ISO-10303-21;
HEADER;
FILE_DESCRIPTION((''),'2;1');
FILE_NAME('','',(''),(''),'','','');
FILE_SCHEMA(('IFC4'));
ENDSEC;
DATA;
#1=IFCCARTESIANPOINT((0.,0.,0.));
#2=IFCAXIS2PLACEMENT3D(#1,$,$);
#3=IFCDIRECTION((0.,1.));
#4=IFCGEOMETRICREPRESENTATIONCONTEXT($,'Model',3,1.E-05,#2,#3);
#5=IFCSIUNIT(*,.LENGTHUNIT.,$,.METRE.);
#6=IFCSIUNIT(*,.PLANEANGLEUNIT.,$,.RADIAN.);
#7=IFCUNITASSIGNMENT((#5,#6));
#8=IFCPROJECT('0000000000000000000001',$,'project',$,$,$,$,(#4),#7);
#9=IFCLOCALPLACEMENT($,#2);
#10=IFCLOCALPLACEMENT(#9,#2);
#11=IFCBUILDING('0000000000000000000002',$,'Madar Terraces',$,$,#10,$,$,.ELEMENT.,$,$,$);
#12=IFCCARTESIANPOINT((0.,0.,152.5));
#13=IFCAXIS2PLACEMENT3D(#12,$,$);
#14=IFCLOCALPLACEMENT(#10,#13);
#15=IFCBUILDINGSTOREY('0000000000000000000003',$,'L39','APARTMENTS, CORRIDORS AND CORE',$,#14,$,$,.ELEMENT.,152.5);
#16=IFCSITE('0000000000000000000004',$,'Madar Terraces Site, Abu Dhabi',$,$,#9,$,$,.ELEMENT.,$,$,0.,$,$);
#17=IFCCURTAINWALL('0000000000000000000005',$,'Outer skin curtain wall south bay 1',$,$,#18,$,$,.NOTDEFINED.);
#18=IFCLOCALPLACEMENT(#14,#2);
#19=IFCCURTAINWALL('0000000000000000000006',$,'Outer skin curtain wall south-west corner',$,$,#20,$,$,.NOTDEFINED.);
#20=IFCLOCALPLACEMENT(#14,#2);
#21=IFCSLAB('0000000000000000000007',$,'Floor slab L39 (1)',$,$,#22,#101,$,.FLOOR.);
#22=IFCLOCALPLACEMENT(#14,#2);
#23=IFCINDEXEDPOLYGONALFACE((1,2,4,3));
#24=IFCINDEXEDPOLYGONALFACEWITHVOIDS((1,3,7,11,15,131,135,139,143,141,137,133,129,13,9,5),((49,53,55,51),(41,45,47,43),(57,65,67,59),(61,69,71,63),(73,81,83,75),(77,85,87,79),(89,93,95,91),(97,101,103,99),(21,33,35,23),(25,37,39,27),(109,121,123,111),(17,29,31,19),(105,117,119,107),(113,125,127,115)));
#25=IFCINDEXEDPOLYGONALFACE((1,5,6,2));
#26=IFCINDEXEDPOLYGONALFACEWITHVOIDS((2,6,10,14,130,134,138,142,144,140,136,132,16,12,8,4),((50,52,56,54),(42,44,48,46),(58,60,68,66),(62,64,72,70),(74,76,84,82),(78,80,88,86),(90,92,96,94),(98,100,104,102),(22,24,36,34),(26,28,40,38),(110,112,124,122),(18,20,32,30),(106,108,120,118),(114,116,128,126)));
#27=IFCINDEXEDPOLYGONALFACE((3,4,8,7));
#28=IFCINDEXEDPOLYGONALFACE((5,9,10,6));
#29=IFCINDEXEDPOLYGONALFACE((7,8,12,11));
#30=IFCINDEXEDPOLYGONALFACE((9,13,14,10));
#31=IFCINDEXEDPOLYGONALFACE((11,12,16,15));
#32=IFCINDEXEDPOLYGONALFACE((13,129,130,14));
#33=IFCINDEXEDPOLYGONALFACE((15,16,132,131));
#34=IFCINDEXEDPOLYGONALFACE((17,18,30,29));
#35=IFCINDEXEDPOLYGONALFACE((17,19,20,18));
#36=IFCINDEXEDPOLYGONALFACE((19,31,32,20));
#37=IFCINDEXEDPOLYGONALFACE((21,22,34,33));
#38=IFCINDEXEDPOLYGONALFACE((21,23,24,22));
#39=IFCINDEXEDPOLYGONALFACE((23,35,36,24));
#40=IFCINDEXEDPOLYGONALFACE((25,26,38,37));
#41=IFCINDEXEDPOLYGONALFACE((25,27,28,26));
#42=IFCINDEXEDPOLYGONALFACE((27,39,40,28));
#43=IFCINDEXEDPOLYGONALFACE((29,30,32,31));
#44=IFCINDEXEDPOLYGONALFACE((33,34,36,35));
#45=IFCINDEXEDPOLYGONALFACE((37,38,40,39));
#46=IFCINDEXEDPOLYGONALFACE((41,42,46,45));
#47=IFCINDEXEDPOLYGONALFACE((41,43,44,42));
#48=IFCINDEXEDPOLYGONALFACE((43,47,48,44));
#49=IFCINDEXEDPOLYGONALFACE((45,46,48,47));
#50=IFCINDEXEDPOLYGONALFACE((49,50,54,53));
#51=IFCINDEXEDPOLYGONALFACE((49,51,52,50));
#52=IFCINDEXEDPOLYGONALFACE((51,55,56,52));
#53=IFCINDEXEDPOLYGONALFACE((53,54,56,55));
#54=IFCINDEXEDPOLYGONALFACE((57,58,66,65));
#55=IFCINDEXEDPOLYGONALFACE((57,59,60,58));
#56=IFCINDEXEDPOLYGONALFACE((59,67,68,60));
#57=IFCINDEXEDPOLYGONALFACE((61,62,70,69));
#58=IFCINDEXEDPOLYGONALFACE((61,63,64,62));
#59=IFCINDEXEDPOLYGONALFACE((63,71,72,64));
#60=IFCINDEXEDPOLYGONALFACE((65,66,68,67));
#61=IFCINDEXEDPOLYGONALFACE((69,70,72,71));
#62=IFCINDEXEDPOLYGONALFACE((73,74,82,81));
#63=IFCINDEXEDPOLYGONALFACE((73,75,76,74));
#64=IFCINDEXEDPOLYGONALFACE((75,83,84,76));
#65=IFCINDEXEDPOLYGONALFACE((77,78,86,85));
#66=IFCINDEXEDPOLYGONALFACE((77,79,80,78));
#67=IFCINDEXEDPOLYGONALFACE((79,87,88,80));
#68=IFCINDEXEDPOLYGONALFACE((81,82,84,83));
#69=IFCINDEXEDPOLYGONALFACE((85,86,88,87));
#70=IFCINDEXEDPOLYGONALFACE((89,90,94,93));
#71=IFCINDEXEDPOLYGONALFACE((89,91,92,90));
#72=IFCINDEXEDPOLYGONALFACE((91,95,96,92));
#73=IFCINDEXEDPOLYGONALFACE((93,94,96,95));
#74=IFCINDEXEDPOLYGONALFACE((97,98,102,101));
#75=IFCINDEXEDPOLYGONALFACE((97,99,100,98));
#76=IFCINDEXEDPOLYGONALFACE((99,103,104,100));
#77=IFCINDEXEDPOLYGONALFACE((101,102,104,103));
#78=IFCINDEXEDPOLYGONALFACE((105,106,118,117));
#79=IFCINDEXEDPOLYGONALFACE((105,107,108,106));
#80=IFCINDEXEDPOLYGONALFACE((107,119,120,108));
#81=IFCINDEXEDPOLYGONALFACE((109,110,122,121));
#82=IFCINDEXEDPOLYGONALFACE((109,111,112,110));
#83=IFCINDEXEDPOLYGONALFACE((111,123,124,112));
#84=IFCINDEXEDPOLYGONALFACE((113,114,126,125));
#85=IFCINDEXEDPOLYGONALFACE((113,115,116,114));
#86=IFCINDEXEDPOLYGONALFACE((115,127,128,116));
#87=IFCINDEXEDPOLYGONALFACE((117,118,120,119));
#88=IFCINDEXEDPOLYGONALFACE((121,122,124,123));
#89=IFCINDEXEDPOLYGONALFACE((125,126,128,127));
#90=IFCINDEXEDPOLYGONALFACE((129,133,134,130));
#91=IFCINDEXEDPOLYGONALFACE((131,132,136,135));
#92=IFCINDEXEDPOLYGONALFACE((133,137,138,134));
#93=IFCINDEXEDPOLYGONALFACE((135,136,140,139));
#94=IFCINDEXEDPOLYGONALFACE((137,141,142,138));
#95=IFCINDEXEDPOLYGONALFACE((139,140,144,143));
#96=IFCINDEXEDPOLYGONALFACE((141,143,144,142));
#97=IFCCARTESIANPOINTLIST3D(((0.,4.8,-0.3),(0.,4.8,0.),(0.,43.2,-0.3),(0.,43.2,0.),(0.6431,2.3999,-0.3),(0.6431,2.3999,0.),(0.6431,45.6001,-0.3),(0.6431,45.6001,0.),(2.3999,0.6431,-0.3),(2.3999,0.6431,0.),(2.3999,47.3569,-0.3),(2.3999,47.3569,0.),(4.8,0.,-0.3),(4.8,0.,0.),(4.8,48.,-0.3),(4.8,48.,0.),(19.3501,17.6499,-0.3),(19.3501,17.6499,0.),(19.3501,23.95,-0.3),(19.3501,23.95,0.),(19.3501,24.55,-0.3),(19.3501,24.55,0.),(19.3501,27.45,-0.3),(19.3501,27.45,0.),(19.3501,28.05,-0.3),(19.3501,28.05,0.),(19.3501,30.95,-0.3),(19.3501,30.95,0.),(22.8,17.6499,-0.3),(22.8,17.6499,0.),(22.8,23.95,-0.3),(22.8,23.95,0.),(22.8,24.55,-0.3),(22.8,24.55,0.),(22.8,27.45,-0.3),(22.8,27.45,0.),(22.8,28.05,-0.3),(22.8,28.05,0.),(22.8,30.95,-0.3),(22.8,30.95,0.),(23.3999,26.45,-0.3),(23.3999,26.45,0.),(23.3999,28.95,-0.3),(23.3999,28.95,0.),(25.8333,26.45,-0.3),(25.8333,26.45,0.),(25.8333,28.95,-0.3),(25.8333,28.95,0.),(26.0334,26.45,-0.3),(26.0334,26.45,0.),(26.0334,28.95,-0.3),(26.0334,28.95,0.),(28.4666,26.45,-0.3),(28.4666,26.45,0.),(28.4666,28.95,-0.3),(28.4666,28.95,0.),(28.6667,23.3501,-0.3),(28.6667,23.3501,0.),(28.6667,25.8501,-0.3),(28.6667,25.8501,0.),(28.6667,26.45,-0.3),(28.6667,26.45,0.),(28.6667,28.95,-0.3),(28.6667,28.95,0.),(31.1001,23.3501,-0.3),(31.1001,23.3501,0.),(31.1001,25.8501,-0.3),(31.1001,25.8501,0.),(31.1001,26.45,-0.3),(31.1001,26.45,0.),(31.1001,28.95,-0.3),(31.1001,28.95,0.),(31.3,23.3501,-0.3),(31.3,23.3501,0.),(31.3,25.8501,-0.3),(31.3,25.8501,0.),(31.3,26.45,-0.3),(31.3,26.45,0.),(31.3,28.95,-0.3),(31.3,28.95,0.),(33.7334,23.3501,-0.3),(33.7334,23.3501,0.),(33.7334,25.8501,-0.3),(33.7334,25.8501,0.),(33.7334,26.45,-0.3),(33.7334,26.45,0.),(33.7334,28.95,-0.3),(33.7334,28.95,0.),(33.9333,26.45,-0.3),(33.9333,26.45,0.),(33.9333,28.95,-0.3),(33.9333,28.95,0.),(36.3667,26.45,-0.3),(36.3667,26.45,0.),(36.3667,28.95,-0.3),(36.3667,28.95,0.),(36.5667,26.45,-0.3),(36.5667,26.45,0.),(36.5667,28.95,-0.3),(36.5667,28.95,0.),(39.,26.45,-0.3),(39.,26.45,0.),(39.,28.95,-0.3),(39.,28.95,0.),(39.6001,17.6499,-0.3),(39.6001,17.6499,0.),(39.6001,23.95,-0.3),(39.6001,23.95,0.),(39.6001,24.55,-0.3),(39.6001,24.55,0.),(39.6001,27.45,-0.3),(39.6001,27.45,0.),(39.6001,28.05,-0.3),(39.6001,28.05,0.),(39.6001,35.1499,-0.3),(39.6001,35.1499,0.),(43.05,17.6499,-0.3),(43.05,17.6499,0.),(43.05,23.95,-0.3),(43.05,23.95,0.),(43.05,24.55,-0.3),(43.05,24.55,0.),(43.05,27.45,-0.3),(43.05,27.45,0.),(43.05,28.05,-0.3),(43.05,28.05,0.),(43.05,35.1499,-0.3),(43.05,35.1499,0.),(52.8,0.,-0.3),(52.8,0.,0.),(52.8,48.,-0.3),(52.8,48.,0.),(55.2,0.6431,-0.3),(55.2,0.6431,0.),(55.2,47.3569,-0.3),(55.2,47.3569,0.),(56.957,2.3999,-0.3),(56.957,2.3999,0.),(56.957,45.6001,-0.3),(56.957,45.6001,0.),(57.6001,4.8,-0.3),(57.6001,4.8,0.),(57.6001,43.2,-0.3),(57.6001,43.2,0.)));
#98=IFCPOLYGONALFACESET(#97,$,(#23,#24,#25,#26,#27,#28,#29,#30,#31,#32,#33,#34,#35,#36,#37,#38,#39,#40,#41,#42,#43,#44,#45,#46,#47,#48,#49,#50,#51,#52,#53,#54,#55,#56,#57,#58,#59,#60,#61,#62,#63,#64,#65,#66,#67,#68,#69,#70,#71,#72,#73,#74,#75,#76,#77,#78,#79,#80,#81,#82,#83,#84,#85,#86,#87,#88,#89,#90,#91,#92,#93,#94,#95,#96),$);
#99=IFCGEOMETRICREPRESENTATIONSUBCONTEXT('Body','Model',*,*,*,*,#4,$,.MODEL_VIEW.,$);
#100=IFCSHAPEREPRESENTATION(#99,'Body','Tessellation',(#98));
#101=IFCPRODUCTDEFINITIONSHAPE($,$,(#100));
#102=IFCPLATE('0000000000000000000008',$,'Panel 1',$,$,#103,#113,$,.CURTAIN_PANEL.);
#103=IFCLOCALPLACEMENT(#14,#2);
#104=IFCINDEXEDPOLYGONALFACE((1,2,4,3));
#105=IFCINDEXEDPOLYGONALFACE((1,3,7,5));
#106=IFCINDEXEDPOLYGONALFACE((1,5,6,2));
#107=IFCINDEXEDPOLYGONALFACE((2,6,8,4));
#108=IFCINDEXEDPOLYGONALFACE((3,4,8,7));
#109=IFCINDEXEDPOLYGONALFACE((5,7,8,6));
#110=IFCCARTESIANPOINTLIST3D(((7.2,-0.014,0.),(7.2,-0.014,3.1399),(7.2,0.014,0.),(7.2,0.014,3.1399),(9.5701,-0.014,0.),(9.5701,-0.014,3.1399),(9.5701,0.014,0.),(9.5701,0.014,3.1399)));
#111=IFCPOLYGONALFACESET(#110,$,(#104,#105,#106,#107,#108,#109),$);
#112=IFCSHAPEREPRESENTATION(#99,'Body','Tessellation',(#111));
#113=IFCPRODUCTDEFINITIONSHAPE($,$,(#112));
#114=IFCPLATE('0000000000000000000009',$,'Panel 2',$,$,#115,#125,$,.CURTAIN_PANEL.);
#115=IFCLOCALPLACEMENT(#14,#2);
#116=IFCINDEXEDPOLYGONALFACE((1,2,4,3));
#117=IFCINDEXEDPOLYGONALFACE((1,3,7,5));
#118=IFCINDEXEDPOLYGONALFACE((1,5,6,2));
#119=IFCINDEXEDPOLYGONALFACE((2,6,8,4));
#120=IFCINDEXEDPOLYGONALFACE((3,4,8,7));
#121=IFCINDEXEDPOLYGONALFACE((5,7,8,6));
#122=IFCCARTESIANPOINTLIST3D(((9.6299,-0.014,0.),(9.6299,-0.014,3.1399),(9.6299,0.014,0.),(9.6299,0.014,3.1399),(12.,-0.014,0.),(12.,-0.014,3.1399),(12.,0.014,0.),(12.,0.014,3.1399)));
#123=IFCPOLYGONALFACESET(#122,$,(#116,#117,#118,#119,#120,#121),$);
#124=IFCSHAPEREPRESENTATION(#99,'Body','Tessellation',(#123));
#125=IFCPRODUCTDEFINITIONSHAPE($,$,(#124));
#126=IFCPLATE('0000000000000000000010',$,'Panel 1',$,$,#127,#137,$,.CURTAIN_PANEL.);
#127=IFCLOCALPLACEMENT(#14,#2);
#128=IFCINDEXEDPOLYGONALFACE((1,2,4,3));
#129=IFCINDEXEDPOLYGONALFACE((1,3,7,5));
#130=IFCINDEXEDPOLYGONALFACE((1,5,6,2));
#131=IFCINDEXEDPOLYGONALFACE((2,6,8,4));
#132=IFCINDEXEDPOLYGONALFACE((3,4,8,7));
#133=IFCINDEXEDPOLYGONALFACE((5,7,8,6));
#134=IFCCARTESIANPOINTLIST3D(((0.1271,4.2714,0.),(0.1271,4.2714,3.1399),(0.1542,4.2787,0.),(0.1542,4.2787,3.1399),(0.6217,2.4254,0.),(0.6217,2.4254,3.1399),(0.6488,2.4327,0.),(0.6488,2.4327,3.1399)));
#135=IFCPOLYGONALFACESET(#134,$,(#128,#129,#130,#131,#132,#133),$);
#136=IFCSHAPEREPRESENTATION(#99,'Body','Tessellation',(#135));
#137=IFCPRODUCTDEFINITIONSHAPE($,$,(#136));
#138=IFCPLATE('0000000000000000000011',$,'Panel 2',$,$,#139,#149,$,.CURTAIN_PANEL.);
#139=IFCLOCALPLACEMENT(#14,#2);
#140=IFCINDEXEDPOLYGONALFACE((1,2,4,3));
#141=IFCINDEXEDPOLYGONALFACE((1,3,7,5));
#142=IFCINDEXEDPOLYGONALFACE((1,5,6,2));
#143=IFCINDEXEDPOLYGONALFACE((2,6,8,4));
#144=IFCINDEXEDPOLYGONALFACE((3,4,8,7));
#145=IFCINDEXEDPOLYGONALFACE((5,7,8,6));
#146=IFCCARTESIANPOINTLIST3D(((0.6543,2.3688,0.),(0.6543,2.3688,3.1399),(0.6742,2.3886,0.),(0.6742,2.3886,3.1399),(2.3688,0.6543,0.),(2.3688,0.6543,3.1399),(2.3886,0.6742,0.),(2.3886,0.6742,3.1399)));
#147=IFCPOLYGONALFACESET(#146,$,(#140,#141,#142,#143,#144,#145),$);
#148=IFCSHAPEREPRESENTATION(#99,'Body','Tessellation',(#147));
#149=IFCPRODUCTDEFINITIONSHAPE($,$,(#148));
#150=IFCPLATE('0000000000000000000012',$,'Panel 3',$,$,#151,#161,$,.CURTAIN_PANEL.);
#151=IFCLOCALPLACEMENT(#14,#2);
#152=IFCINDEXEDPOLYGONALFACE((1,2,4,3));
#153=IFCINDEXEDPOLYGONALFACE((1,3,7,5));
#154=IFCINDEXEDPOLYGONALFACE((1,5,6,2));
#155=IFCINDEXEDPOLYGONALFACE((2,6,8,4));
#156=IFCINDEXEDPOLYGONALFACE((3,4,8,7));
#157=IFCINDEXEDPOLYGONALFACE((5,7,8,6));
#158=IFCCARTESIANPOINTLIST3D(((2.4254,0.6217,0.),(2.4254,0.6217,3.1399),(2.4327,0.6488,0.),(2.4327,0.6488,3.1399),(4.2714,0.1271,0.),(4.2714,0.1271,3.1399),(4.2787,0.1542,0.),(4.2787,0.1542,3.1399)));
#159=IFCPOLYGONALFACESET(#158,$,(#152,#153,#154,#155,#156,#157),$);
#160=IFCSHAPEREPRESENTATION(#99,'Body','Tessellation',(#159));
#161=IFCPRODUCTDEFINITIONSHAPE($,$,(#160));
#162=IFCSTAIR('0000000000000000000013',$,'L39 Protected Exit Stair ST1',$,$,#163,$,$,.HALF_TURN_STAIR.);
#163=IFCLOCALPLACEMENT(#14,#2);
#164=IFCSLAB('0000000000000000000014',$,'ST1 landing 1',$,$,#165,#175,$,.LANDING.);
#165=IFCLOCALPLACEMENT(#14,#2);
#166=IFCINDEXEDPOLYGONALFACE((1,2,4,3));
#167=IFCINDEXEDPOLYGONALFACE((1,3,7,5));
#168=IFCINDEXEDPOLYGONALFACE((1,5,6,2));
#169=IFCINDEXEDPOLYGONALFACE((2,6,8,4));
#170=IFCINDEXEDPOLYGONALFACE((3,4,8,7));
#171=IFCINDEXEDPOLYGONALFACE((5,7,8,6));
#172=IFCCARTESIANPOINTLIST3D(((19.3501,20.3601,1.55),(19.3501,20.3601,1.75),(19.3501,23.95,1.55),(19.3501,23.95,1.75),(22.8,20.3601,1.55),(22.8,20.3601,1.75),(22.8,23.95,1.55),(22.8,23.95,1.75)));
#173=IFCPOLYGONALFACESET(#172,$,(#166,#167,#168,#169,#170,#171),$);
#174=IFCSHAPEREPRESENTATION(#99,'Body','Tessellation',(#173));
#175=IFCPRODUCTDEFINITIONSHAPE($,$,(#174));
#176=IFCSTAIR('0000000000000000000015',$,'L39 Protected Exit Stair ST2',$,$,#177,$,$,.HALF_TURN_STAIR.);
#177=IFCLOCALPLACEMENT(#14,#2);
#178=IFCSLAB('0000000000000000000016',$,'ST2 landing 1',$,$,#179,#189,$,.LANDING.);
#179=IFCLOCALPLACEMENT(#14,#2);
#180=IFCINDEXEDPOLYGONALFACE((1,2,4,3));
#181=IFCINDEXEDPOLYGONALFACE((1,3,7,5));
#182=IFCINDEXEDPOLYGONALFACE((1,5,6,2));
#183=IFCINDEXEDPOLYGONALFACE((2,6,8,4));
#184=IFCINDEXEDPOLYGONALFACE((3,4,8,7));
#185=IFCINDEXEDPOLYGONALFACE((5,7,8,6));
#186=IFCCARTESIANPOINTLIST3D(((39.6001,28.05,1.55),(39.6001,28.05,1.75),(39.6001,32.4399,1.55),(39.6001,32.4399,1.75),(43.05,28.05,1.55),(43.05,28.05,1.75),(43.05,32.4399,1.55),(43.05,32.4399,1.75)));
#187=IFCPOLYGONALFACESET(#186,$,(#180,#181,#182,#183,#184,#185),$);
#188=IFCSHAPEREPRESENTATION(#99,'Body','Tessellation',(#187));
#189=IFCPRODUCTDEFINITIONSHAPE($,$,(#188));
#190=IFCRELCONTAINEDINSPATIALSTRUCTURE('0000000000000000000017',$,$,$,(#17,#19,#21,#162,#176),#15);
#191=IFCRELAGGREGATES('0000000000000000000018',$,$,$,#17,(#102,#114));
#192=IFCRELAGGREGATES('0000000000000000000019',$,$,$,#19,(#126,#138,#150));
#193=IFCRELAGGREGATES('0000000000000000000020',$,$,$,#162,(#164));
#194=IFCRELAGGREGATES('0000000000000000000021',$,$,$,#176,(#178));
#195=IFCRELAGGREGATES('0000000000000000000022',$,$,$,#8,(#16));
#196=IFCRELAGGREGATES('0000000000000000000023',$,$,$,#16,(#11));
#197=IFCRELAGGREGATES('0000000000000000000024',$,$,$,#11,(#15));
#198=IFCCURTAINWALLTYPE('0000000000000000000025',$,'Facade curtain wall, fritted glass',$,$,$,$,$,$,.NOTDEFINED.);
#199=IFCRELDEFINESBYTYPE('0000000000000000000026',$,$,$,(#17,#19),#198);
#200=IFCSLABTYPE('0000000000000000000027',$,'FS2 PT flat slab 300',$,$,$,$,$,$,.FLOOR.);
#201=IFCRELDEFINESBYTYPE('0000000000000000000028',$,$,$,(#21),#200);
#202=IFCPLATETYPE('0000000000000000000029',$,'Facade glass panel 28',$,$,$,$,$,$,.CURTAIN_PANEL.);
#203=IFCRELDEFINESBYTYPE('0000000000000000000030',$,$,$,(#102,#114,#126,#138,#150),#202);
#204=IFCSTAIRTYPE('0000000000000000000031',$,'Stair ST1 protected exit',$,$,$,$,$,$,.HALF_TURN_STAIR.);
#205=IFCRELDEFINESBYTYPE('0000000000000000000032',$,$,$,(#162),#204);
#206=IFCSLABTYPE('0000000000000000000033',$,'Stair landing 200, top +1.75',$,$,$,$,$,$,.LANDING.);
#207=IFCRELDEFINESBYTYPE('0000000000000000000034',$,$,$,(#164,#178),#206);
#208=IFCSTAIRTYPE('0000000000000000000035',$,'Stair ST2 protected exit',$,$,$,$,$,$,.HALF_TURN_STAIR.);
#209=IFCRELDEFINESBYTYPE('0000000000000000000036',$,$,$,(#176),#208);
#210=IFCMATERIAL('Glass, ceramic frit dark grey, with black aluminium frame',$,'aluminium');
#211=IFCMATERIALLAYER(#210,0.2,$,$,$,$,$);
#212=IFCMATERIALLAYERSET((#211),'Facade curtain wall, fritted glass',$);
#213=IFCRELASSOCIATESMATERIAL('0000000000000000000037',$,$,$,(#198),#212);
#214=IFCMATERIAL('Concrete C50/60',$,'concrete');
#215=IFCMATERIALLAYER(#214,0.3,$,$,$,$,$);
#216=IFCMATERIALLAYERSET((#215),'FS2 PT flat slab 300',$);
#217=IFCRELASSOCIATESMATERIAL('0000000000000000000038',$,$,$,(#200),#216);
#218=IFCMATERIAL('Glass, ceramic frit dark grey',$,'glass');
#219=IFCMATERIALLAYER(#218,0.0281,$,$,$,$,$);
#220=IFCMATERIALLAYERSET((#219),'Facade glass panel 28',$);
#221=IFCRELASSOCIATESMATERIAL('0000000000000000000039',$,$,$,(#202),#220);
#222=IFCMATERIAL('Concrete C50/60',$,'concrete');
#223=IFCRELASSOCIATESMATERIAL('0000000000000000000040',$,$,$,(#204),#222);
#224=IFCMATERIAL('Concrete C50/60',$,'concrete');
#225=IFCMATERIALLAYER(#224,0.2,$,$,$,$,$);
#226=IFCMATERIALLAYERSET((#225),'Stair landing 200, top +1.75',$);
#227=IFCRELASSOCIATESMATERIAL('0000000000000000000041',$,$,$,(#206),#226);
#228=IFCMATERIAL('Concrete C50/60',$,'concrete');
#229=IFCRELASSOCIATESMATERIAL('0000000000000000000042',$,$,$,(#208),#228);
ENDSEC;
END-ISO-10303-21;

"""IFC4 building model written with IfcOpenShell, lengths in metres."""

from ifc_helpers import new_model, si_unit, direction, frame, origin, origin_2d, place, context, subcontext, project, spatial, polyline, rectangle, outline, extrude, material, layer, layer_set, type_object, element, aggregate, save


model = new_model("IFC4")

# Units and contexts
model_context = context("Model", 3, precision=1e-05, world=origin(), true_north=direction((0.0, 1.0)))
body_context = subcontext(model_context, "Body", "Model", "MODEL_VIEW")
ifc_project = project(units=[si_unit("LENGTHUNIT", "METRE"), si_unit("PLANEANGLEUNIT", "RADIAN")], contexts=[model_context])

# Site, building, storey
site_placement = place(None, origin())
site = spatial("IfcSite", under=ifc_project, at=site_placement, Name="Madar Terraces Site, Abu Dhabi", CompositionType="ELEMENT", RefElevation=0.0)
building_placement = place(site_placement, origin())
building = spatial("IfcBuilding", under=site, at=building_placement, Name="Madar Terraces", CompositionType="ELEMENT")
storey_placement = place(building_placement, frame((0.0, 0.0, 152.5)))
storey = spatial("IfcBuildingStorey", under=building, at=storey_placement, Name="L39", Description="APARTMENTS, CORRIDORS AND CORE", CompositionType="ELEMENT", Elevation=152.5)

# Curtain wall
ifc_material_1 = material(Name="Glass, ceramic frit dark grey, with black aluminium frame", Category="aluminium")
ifc_layer_1 = layer(ifc_material_1, 0.2)
ifc_layer_set_1 = layer_set([ifc_layer_1], Name="Facade curtain wall, fritted glass")
curtain_wall_type = type_object("IfcCurtainWallType", Name="Facade curtain wall, fritted glass", PredefinedType="NOTDEFINED", material=ifc_layer_set_1)
curtain_wall_1_placement = place(storey_placement, origin())
curtain_wall_1 = element("IfcCurtainWall", 1, at=curtain_wall_1_placement, inside=storey, type_object=curtain_wall_type, Name="Outer skin curtain wall south bay 1", PredefinedType="NOTDEFINED")

# Curtain wall
curtain_wall_2_placement = place(storey_placement, origin())
curtain_wall_2 = element("IfcCurtainWall", 2, at=curtain_wall_2_placement, inside=storey, type_object=curtain_wall_type, Name="Outer skin curtain wall south-west corner", PredefinedType="NOTDEFINED")

# Slab
ifc_material_2 = material(Name="Concrete C50/60", Category="concrete")
ifc_layer_2 = layer(ifc_material_2, 0.3)
ifc_layer_set_2 = layer_set([ifc_layer_2], Name="FS2 PT flat slab 300")
slab_type_1 = type_object("IfcSlabType", Name="FS2 PT flat slab 300", PredefinedType="FLOOR", material=ifc_layer_set_2)
slab_1_placement = place(storey_placement, frame((0.0, 0.0, -0.3)))
element("IfcSlab", 3, at=slab_1_placement, inside=storey, type_object=slab_type_1, Name="Floor slab L39 (1)", PredefinedType="FLOOR", context=body_context, shape_type="SweptSolid", body=[
    extrude(outline(polyline([(52.8, 0.0), (55.2, 0.6431), (56.957, 2.3999), (57.6001, 4.8), (57.6001, 43.2), (56.957, 45.6001), (55.2, 47.3569), (52.8, 48.0), (4.8, 48.0), (2.3999, 47.3569), (0.6431, 45.6001), (0.0, 43.2), (0.0, 4.8), (0.6431, 2.3999), (2.3999, 0.6431), (4.8, 0.0), (52.8, 0.0)]), holes=[polyline([(22.8, 17.6499), (19.3501, 17.6499), (19.3501, 23.95), (22.8, 23.95), (22.8, 17.6499)]), polyline([(28.6667, 23.3501), (28.6667, 25.8501), (31.1001, 25.8501), (31.1001, 23.3501), (28.6667, 23.3501)]), polyline([(19.3501, 24.55), (19.3501, 27.45), (22.8, 27.45), (22.8, 24.55), (19.3501, 24.55)]), polyline([(23.3999, 26.45), (23.3999, 28.95), (25.8333, 28.95), (25.8333, 26.45), (23.3999, 26.45)]), polyline([(26.0334, 26.45), (26.0334, 28.95), (28.4666, 28.95), (28.4666, 26.45), (26.0334, 26.45)]), polyline([(28.6667, 26.45), (28.6667, 28.95), (31.1001, 28.95), (31.1001, 26.45), (28.6667, 26.45)]), polyline([(19.3501, 28.05), (19.3501, 30.95), (22.8, 30.95), (22.8, 28.05), (19.3501, 28.05)]), polyline([(43.05, 17.6499), (39.6001, 17.6499), (39.6001, 23.95), (43.05, 23.95), (43.05, 17.6499)]), polyline([(31.3, 23.3501), (31.3, 25.8501), (33.7334, 25.8501), (33.7334, 23.3501), (31.3, 23.3501)]), polyline([(39.6001, 24.55), (39.6001, 27.45), (43.05, 27.45), (43.05, 24.55), (39.6001, 24.55)]), polyline([(31.3, 26.45), (31.3, 28.95), (33.7334, 28.95), (33.7334, 26.45), (31.3, 26.45)]), polyline([(33.9333, 26.45), (33.9333, 28.95), (36.3667, 28.95), (36.3667, 26.45), (33.9333, 26.45)]), polyline([(36.5667, 26.45), (36.5667, 28.95), (39.0, 28.95), (39.0, 26.45), (36.5667, 26.45)]), polyline([(39.6001, 28.05), (39.6001, 35.1499), (43.05, 35.1499), (43.05, 28.05), (39.6001, 28.05)])]), origin(), (0.0, 0.0, 1.0), 0.3),
])

# Plates
ifc_material_3 = material(Name="Glass, ceramic frit dark grey", Category="glass")
ifc_layer_3 = layer(ifc_material_3, 0.0281)
ifc_layer_set_3 = layer_set([ifc_layer_3], Name="Facade glass panel 28")
plate_type = type_object("IfcPlateType", Name="Facade glass panel 28", PredefinedType="CURTAIN_PANEL", material=ifc_layer_set_3)
plate_1_placement = place(storey_placement, frame((8.385, 0.0, 0.0), z_axis=(0.0, 0.0, 1.0), x_axis=(1.0, 0.0, 0.0)))
plate_1 = element("IfcPlate", 4, at=plate_1_placement, type_object=plate_type, Name="Panel 1", PredefinedType="CURTAIN_PANEL", context=body_context, shape_type="SweptSolid", body=[
    extrude(rectangle(XDim=2.3701, YDim=0.0281, at=origin_2d()), origin(), (0.0, 0.0, 1.0), 3.1399),
])
plate_2_placement = place(storey_placement, frame((10.8149, 0.0, 0.0), z_axis=(0.0, 0.0, 1.0), x_axis=(1.0, 0.0, 0.0)))
plate_2 = element("IfcPlate", 5, at=plate_2_placement, type_object=plate_type, Name="Panel 2", PredefinedType="CURTAIN_PANEL", context=body_context, shape_type="SweptSolid", body=[
    extrude(rectangle(XDim=2.3701, YDim=0.0281, at=origin_2d()), origin(), (0.0, 0.0, 1.0), 3.1399),
])
aggregate(curtain_wall_1, [plate_1, plate_2])
plate_3_placement = place(storey_placement, frame((0.3879, 3.3521, 0.0), z_axis=(0.0, 0.0, 1.0), x_axis=(0.258819, -0.965926, 0.0)))
plate_3 = element("IfcPlate", 6, at=plate_3_placement, type_object=plate_type, Name="Panel 1", PredefinedType="CURTAIN_PANEL", context=body_context, shape_type="SweptSolid", body=[
    extrude(rectangle(XDim=1.9111, YDim=0.0281, at=origin_2d()), origin(), (0.0, 0.0, 1.0), 3.1399),
])
plate_4_placement = place(storey_placement, frame((1.5215, 1.5215, 0.0), z_axis=(0.0, 0.0, 1.0), x_axis=(0.707107, -0.707107, 0.0)))
plate_4 = element("IfcPlate", 7, at=plate_4_placement, type_object=plate_type, Name="Panel 2", PredefinedType="CURTAIN_PANEL", context=body_context, shape_type="SweptSolid", body=[
    extrude(rectangle(XDim=2.4246, YDim=0.0281, at=origin_2d()), origin(), (0.0, 0.0, 1.0), 3.1399),
])
plate_5_placement = place(storey_placement, frame((3.3521, 0.3879, 0.0), z_axis=(0.0, 0.0, 1.0), x_axis=(0.965926, -0.258819, 0.0)))
plate_5 = element("IfcPlate", 8, at=plate_5_placement, type_object=plate_type, Name="Panel 3", PredefinedType="CURTAIN_PANEL", context=body_context, shape_type="SweptSolid", body=[
    extrude(rectangle(XDim=1.9111, YDim=0.0281, at=origin_2d()), origin(), (0.0, 0.0, 1.0), 3.1399),
])
aggregate(curtain_wall_2, [plate_3, plate_4, plate_5])

# Stairs, slabs
ifc_material_4 = material(Name="Concrete C50/60", Category="concrete")
stair_type_1 = type_object("IfcStairType", Name="Stair ST1 protected exit", PredefinedType="HALF_TURN_STAIR", material=ifc_material_4)
stair_1_placement = place(storey_placement, origin())
stair_1 = element("IfcStair", 9, at=stair_1_placement, inside=storey, type_object=stair_type_1, Name="L39 Protected Exit Stair ST1", PredefinedType="HALF_TURN_STAIR")
ifc_material_5 = material(Name="Concrete C50/60", Category="concrete")
ifc_layer_4 = layer(ifc_material_5, 0.2)
ifc_layer_set_4 = layer_set([ifc_layer_4], Name="Stair landing 200, top +1.75")
slab_type_2 = type_object("IfcSlabType", Name="Stair landing 200, top +1.75", PredefinedType="LANDING", material=ifc_layer_set_4)
slab_2_placement = place(storey_placement, frame((0.0, 0.0, 1.55)))
slab_2 = element("IfcSlab", 10, at=slab_2_placement, type_object=slab_type_2, Name="ST1 landing 1", PredefinedType="LANDING", context=body_context, shape_type="SweptSolid", body=[
    extrude(outline(polyline([(19.3501, 20.3601), (22.8, 20.3601), (22.8, 23.95), (19.3501, 23.95), (19.3501, 20.3601)])), origin(), (0.0, 0.0, 1.0), 0.2),
])
aggregate(stair_1, [slab_2])
ifc_material_6 = material(Name="Concrete C50/60", Category="concrete")
stair_type_2 = type_object("IfcStairType", Name="Stair ST2 protected exit", PredefinedType="HALF_TURN_STAIR", material=ifc_material_6)
stair_2_placement = place(storey_placement, origin())
stair_2 = element("IfcStair", 11, at=stair_2_placement, inside=storey, type_object=stair_type_2, Name="L39 Protected Exit Stair ST2", PredefinedType="HALF_TURN_STAIR")
slab_3_placement = place(storey_placement, frame((0.0, 0.0, 1.55)))
slab_3 = element("IfcSlab", 12, at=slab_3_placement, type_object=slab_type_2, Name="ST2 landing 1", PredefinedType="LANDING", context=body_context, shape_type="SweptSolid", body=[
    extrude(outline(polyline([(39.6001, 28.05), (43.05, 28.05), (43.05, 32.4399), (39.6001, 32.4399), (39.6001, 28.05)])), origin(), (0.0, 0.0, 1.0), 0.2),
])
aggregate(stair_2, [slab_3])

save(model, "model.ifc")
